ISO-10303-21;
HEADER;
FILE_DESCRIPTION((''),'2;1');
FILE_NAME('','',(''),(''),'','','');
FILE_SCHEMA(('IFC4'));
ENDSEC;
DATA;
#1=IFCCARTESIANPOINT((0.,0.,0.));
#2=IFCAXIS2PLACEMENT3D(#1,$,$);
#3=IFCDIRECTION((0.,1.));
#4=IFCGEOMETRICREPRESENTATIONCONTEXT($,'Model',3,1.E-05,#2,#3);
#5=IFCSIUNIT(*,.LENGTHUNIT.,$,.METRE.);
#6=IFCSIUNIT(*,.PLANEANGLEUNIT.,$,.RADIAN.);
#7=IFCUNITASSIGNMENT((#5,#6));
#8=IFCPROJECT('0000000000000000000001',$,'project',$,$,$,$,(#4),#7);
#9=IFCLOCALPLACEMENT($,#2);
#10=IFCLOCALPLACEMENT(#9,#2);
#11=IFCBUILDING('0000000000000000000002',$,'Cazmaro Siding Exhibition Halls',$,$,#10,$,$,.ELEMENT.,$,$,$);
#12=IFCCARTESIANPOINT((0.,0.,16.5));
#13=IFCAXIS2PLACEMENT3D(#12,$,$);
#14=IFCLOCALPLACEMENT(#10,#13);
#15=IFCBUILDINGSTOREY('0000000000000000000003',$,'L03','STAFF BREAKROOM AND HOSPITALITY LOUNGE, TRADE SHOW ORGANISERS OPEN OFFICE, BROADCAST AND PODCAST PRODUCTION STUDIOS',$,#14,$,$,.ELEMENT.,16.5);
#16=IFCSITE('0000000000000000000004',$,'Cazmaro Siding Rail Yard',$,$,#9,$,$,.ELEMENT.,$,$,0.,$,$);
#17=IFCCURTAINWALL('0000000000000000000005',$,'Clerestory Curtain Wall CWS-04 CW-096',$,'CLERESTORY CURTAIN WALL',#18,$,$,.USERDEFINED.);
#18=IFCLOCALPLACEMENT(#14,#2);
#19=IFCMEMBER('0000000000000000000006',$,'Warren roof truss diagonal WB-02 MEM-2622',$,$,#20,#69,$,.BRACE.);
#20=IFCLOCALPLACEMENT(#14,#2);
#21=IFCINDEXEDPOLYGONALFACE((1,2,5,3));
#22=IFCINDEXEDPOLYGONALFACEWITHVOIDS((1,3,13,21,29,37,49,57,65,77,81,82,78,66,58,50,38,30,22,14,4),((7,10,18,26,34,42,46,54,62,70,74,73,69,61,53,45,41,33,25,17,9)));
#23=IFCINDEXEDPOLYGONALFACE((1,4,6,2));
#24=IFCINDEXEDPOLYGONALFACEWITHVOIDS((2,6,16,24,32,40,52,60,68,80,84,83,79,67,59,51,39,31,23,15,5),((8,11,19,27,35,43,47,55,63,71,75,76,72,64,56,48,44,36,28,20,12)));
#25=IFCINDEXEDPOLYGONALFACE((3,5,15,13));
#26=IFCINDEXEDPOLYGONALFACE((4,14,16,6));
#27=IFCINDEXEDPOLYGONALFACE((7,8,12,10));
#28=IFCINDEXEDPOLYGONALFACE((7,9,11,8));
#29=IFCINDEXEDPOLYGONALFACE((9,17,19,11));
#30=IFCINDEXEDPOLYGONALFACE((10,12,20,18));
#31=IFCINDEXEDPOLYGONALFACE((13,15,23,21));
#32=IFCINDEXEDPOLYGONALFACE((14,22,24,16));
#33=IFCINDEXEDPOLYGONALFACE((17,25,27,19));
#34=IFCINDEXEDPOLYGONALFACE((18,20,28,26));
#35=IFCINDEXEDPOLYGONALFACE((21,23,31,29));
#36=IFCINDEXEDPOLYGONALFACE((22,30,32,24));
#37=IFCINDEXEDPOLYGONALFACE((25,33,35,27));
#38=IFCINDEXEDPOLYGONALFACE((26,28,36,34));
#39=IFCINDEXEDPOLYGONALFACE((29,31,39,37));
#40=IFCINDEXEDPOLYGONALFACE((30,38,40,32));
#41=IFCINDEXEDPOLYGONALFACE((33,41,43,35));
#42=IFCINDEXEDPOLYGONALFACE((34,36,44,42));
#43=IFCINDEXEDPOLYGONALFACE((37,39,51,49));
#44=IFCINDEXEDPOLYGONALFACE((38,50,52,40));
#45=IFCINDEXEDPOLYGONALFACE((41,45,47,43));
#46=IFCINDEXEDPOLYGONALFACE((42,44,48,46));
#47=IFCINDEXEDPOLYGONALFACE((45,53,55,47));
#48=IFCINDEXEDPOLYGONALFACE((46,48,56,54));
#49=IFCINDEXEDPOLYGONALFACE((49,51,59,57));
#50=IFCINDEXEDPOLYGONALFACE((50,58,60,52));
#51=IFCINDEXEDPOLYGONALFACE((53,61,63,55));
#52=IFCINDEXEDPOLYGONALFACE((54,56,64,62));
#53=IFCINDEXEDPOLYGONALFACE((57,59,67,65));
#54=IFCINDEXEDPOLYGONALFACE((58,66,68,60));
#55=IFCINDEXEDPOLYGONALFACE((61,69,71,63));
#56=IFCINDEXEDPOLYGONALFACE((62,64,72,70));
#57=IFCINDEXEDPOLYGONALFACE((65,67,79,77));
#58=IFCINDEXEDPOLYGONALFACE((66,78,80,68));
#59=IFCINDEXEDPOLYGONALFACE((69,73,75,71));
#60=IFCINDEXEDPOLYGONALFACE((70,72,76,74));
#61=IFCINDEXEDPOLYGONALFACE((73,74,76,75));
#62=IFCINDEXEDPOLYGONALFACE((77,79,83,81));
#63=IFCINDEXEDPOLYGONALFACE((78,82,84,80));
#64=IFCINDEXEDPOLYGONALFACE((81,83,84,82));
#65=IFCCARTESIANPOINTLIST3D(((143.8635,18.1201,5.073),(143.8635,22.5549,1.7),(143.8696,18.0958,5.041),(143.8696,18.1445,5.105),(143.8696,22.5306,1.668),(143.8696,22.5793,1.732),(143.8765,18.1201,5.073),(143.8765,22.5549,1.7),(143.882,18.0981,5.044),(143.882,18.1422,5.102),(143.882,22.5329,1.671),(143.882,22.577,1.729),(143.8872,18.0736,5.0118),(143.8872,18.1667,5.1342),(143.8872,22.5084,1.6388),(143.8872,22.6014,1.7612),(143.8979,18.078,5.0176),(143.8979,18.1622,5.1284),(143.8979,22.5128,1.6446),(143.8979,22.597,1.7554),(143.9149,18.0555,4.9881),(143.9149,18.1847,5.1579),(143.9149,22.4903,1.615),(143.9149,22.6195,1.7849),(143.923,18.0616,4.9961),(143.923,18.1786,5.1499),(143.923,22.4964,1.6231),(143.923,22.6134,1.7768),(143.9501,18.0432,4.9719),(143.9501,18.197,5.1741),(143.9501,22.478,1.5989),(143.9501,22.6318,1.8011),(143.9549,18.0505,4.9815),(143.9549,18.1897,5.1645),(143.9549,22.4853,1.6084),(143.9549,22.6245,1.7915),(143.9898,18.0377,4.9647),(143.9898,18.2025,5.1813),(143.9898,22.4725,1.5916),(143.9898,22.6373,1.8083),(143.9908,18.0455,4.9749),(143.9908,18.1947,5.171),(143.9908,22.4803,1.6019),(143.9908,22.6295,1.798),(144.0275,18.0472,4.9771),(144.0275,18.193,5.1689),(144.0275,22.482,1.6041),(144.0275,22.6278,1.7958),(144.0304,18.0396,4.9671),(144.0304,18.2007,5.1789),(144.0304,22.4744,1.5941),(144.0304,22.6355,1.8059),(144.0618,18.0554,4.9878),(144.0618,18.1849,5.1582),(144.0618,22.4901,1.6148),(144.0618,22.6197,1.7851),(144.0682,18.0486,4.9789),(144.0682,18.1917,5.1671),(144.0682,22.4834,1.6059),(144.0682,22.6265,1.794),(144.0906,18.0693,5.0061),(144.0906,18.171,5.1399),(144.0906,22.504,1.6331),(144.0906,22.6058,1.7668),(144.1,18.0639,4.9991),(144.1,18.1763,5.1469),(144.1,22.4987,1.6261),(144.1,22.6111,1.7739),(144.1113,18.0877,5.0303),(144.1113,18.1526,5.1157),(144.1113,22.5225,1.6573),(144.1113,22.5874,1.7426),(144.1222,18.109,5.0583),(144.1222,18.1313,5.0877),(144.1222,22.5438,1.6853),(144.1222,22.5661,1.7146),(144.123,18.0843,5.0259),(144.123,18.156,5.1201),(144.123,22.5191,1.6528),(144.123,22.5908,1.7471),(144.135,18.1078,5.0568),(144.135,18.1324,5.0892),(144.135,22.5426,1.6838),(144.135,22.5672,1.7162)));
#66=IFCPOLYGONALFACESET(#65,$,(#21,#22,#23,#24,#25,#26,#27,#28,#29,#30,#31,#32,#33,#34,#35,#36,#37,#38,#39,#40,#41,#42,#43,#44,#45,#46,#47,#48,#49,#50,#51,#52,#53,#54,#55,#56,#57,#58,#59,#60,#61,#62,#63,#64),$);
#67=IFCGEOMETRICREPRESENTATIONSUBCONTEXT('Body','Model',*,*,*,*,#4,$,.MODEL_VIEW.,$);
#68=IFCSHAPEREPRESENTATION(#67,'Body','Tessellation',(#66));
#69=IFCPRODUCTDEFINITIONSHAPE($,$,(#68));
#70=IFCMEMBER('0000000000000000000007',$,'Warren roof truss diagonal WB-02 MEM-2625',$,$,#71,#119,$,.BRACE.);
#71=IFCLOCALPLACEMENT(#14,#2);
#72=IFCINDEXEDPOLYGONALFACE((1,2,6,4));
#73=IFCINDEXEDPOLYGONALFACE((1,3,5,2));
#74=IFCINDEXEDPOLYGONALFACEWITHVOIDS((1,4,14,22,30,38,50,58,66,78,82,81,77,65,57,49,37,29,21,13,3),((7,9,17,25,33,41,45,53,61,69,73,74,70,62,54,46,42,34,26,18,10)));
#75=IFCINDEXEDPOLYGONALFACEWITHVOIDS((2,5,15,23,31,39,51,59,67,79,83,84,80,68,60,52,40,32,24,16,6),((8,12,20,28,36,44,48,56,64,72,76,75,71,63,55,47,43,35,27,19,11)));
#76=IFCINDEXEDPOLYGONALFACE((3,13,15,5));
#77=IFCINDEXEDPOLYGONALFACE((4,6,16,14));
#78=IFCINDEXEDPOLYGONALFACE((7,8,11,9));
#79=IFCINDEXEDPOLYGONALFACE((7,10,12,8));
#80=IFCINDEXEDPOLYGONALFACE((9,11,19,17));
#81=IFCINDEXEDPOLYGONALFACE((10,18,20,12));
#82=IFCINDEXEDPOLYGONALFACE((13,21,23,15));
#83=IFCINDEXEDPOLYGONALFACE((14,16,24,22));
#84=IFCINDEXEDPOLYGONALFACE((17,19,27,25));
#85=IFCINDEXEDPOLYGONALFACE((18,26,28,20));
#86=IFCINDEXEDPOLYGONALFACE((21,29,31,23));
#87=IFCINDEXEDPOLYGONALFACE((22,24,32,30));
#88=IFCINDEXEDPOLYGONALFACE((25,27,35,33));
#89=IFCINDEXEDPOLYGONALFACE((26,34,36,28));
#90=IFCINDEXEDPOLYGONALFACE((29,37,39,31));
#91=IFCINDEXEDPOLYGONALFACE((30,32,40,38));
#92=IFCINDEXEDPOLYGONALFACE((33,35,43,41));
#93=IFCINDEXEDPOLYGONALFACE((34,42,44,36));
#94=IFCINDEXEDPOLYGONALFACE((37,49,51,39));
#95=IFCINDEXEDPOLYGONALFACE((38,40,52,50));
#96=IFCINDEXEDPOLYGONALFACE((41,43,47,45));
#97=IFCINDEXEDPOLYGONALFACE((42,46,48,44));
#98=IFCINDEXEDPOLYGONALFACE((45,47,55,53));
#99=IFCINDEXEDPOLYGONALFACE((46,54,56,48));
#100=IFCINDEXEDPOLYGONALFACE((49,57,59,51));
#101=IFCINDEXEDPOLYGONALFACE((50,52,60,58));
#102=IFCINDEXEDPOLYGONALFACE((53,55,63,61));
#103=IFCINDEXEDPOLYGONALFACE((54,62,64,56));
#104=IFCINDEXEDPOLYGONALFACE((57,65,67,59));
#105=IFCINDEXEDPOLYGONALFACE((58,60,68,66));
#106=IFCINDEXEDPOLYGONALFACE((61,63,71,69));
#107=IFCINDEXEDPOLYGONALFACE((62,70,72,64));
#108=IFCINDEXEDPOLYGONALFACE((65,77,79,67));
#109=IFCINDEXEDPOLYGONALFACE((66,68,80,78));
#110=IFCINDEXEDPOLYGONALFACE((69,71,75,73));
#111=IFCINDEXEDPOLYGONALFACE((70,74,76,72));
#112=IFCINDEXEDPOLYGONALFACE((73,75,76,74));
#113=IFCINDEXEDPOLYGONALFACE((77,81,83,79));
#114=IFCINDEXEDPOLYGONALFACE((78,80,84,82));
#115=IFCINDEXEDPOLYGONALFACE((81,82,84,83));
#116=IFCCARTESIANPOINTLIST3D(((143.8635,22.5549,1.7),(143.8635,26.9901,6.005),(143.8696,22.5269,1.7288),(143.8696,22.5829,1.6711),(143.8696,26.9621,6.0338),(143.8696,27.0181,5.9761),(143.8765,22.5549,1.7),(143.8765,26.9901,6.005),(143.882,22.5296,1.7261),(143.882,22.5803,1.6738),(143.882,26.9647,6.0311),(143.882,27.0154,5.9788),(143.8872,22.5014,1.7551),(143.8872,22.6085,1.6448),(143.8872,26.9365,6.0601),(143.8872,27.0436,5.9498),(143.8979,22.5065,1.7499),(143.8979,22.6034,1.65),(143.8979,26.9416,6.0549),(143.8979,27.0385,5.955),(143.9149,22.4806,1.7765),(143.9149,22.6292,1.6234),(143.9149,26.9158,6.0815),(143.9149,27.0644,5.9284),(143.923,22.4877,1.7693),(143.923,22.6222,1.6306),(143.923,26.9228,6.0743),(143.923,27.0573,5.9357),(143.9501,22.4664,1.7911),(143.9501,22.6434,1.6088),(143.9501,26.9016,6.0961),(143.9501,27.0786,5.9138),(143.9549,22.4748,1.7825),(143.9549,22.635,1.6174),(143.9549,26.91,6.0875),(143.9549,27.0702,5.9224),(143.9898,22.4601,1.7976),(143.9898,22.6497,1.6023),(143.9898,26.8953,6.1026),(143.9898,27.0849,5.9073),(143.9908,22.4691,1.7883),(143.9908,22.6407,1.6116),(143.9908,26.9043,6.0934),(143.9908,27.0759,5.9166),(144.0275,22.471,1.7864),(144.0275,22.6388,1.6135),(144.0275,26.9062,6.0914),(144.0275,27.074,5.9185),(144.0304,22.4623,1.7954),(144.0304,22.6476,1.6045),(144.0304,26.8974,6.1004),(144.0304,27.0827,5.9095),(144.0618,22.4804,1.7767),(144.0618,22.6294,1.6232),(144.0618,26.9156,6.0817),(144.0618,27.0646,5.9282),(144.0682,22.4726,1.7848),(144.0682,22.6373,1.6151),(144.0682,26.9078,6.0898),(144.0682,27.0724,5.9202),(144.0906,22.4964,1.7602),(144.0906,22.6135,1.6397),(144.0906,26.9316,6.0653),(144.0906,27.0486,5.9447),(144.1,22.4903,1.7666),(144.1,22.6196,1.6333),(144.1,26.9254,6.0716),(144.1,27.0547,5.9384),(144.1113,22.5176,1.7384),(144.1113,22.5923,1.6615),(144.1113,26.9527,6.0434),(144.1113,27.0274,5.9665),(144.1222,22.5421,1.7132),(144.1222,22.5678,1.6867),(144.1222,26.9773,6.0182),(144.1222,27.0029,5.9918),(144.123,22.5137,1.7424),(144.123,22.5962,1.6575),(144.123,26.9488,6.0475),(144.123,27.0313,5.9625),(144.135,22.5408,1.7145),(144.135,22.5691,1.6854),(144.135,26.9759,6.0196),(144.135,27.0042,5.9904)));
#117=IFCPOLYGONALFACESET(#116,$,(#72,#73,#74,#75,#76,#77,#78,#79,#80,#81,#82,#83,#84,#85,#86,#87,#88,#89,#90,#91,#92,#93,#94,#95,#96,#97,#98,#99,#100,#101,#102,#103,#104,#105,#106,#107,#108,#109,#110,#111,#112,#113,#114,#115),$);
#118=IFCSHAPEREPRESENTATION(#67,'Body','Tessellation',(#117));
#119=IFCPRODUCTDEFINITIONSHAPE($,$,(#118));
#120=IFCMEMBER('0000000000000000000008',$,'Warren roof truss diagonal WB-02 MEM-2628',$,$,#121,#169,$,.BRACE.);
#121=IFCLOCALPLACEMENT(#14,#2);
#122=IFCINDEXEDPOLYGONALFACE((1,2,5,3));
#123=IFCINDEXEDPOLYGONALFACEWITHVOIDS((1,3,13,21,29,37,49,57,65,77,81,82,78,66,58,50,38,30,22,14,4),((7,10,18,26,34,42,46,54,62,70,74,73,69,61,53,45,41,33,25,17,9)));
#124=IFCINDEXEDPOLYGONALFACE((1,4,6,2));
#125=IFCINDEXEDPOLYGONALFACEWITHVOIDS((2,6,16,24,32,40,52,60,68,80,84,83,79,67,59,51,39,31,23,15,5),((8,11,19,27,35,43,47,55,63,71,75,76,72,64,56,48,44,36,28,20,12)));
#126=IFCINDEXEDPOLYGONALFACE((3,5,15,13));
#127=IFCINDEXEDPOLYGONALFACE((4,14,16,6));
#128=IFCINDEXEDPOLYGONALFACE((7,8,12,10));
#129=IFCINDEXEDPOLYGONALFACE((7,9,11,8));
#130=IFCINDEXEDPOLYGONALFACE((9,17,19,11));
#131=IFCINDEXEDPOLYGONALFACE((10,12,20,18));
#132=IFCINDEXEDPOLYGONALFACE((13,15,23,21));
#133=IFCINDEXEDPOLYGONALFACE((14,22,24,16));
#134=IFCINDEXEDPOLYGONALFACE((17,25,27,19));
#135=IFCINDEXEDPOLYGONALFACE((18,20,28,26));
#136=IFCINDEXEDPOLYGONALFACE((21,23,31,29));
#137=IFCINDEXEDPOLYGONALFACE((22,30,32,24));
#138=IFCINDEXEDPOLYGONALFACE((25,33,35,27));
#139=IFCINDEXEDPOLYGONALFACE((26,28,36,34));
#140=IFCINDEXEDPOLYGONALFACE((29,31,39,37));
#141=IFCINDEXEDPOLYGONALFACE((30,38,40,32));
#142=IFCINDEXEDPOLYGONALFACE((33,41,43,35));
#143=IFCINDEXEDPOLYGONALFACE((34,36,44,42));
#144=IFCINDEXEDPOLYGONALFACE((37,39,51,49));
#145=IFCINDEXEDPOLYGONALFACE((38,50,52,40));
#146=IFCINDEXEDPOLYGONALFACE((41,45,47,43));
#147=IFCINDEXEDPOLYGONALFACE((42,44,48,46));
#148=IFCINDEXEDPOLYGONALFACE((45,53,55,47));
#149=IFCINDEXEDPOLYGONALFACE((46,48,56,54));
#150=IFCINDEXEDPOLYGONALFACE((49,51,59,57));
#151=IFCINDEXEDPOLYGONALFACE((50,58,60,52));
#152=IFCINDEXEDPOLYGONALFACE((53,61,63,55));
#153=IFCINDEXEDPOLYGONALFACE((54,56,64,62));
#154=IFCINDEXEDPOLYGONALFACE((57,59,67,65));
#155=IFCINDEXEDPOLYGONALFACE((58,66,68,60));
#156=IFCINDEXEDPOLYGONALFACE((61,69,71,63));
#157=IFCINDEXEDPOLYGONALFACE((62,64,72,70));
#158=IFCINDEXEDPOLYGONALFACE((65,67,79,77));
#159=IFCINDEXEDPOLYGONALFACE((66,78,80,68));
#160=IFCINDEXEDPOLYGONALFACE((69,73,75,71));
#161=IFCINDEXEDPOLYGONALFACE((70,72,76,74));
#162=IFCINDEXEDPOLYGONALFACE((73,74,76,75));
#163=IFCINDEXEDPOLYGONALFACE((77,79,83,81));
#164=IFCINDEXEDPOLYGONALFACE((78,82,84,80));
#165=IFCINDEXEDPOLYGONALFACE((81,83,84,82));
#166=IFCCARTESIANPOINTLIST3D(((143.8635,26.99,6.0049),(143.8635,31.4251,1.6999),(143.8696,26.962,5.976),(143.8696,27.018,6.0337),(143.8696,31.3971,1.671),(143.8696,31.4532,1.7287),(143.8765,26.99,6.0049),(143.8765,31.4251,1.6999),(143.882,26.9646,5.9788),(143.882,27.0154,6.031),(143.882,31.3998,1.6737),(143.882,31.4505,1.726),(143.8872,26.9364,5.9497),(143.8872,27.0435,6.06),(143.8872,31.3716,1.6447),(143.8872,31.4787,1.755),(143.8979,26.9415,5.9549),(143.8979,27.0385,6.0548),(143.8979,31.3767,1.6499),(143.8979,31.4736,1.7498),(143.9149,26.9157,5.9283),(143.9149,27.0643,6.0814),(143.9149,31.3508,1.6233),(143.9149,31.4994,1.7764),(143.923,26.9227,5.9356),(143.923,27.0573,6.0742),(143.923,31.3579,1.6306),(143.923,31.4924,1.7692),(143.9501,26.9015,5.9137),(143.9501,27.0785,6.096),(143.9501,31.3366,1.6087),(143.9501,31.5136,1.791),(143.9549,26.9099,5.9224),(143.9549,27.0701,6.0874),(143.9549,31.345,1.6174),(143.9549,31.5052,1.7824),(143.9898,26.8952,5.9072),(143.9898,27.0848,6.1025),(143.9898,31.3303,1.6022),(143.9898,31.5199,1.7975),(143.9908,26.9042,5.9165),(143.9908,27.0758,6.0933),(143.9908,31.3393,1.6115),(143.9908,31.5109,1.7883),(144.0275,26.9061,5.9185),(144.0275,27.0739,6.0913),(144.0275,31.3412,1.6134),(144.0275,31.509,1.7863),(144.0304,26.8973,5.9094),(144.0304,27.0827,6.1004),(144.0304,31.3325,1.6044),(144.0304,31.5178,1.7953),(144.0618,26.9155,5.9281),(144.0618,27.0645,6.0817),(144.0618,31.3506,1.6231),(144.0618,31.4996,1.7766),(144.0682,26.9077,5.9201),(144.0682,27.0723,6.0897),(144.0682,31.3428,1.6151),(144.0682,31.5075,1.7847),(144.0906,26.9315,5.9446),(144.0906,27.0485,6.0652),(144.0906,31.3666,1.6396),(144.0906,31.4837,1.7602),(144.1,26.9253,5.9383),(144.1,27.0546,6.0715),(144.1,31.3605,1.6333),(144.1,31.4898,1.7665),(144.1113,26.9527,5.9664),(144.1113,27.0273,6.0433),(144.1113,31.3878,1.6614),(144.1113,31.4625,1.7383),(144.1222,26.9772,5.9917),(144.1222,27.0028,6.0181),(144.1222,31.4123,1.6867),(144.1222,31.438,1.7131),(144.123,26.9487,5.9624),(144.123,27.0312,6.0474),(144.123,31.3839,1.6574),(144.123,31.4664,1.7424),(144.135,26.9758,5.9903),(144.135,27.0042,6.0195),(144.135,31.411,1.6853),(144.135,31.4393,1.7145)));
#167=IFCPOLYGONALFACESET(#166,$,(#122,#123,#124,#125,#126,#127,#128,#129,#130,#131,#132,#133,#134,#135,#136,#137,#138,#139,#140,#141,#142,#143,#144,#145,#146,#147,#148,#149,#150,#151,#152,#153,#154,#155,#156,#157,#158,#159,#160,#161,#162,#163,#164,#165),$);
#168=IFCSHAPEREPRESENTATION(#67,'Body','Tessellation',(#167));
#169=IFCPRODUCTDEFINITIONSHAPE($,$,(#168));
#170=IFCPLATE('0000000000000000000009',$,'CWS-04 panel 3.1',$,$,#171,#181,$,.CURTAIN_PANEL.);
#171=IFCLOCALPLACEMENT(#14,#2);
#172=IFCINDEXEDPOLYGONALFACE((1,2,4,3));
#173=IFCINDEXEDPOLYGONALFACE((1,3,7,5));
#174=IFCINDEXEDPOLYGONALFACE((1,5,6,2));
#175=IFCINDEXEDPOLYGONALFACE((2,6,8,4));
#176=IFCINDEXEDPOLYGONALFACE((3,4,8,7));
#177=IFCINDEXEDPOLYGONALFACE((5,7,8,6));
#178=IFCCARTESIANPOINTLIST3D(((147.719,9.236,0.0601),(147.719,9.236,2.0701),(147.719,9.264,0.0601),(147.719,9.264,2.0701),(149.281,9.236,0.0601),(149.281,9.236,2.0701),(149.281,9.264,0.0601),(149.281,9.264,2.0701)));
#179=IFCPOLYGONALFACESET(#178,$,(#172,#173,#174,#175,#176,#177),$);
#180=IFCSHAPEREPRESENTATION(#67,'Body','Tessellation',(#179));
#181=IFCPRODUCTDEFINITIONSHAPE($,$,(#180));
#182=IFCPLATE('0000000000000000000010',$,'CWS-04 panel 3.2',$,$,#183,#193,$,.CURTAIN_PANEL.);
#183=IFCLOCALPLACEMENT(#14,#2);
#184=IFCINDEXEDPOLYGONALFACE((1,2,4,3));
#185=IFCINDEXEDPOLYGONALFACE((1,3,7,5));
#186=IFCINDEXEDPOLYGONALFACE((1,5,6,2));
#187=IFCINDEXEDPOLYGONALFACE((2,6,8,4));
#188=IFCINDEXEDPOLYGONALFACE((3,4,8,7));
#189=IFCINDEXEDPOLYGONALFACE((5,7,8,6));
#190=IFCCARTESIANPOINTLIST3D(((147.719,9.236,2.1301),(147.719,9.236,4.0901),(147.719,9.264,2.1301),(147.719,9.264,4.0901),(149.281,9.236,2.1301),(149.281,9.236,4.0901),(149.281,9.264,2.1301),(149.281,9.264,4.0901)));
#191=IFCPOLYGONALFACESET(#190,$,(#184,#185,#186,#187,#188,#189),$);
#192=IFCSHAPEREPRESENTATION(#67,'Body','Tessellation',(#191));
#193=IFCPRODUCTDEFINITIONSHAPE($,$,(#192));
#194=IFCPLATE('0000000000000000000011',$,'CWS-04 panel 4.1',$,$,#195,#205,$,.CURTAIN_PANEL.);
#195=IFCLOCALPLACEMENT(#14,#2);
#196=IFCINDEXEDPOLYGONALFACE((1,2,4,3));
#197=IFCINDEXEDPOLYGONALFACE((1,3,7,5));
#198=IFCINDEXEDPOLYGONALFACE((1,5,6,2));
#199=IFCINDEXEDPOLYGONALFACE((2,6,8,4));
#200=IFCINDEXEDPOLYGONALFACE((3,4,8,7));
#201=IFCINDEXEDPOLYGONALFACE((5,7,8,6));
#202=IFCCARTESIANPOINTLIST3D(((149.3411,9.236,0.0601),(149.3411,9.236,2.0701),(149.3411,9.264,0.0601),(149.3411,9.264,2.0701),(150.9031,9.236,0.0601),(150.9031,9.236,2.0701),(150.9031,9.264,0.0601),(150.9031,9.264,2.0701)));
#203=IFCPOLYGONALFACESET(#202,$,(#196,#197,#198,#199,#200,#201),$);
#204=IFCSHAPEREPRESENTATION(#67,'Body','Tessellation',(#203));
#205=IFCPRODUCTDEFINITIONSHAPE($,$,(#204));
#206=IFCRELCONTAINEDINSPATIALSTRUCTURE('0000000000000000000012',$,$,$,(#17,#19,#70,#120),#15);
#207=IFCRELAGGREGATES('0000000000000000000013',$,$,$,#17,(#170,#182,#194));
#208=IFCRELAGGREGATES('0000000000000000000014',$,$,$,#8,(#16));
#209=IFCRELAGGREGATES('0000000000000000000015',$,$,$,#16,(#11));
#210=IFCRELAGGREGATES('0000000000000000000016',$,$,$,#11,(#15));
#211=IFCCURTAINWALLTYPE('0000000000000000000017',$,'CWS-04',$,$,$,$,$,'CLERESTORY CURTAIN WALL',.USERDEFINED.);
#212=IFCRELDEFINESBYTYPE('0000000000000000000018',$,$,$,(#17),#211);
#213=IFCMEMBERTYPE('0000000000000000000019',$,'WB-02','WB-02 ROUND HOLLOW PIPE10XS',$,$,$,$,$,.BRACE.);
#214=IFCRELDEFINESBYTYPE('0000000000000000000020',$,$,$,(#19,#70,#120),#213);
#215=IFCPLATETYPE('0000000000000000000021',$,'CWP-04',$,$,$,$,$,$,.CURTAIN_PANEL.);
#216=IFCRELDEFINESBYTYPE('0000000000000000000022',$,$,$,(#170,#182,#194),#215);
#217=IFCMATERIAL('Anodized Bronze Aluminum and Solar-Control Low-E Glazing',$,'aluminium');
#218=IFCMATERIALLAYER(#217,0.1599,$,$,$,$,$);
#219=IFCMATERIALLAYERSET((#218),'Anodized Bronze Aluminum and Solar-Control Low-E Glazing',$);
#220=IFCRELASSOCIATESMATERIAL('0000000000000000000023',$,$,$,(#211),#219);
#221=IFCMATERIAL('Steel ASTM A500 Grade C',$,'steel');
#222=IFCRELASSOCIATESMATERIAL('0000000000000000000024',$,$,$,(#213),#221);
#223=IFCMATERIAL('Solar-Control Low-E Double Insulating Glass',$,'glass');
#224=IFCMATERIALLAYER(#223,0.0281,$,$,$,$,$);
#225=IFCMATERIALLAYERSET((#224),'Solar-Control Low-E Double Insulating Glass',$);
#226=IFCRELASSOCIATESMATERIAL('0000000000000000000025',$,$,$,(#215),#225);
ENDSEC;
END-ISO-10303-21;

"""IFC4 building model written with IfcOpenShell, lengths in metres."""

from ifc_helpers import new_model, si_unit, direction, frame, origin, origin_2d, place, context, subcontext, project, spatial, rectangle, hollow_circle, extrude, material, layer, layer_set, material_profile, profile_set, type_object, element, aggregate, save


model = new_model("IFC4")

# Units and contexts
model_context = context("Model", 3, precision=1e-05, world=origin(), true_north=direction((0.0, 1.0)))
body_context = subcontext(model_context, "Body", "Model", "MODEL_VIEW")
ifc_project = project(units=[si_unit("LENGTHUNIT", "METRE"), si_unit("PLANEANGLEUNIT", "RADIAN")], contexts=[model_context])

# Site, building, storey
site_placement = place(None, origin())
site = spatial("IfcSite", under=ifc_project, at=site_placement, Name="Cazmaro Siding Rail Yard", CompositionType="ELEMENT", RefElevation=0.0)
building_placement = place(site_placement, origin())
building = spatial("IfcBuilding", under=site, at=building_placement, Name="Cazmaro Siding Exhibition Halls", CompositionType="ELEMENT")
storey_placement = place(building_placement, frame((0.0, 0.0, 16.5)))
storey = spatial("IfcBuildingStorey", under=building, at=storey_placement, Name="L03", Description="STAFF BREAKROOM AND HOSPITALITY LOUNGE, TRADE SHOW ORGANISERS OPEN OFFICE, BROADCAST AND PODCAST PRODUCTION STUDIOS", CompositionType="ELEMENT", Elevation=16.5)

# Curtain wall
ifc_material_1 = material(Name="Anodized Bronze Aluminum and Solar-Control Low-E Glazing", Category="aluminium")
ifc_layer_1 = layer(ifc_material_1, 0.1599)
ifc_layer_set_1 = layer_set([ifc_layer_1], Name="Anodized Bronze Aluminum and Solar-Control Low-E Glazing")
curtain_wall_type = type_object("IfcCurtainWallType", Name="CWS-04", ElementType="CLERESTORY CURTAIN WALL", PredefinedType="USERDEFINED", material=ifc_layer_set_1)
curtain_wall_placement = place(storey_placement, origin())
curtain_wall = element("IfcCurtainWall", 1, at=curtain_wall_placement, inside=storey, type_object=curtain_wall_type, Name="Clerestory Curtain Wall CWS-04 CW-096", ObjectType="CLERESTORY CURTAIN WALL", PredefinedType="USERDEFINED")

# Members
ifc_material_2 = material(Name="Steel ASTM A500 Grade C", Category="steel")
ifc_material_profile_1 = material_profile(ifc_material_2, hollow_circle(Radius=0.1365, WallThickness=0.0129, at=origin_2d()), Name="PIPE10XS")
ifc_profile_set_1 = profile_set([ifc_material_profile_1], Name="Steel ASTM A500 Grade C")
member_type_1 = type_object("IfcMemberType", Name="WB-02", Description="WB-02 ROUND HOLLOW PIPE10XS", PredefinedType="BRACE", material=ifc_profile_set_1)
member_1_placement = place(storey_placement, frame((144.0, 18.1201, 5.073), z_axis=(0.0, 0.795938, -0.605378), x_axis=(-1.0, 0.0, 0.0)))
element("IfcMember", 2, at=member_1_placement, inside=storey, type_object=member_type_1, Name="Warren roof truss diagonal WB-02 MEM-2622", PredefinedType="BRACE", context=body_context, shape_type="SweptSolid", body=[
    extrude(hollow_circle(Radius=0.1365, WallThickness=0.0129, at=origin_2d()), origin(), (0.0, 0.0, 1.0), 5.5718),
])
for number, where, z_axis, x_axis, name in (
    (3, (144.0, 22.5549, 1.7), (0.0, 0.717555, 0.696502), (-1.0, 0.0, 0.0), "Warren roof truss diagonal WB-02 MEM-2625"),
    (4, (144.0, 26.99, 6.0049), (0.0, 0.717555, -0.696502), (-1.0, 0.0, 0.0), "Warren roof truss diagonal WB-02 MEM-2628"),
):
    element("IfcMember", number, at=place(storey_placement, frame(where, z_axis=z_axis, x_axis=x_axis)), inside=storey, type_object=member_type_1, Name=name, PredefinedType="BRACE", context=body_context, shape_type="SweptSolid", body=[
        extrude(hollow_circle(Radius=0.1365, WallThickness=0.0129, at=origin_2d()), origin(), (0.0, 0.0, 1.0), 6.1809),
    ])

# Plates
ifc_material_3 = material(Name="Solar-Control Low-E Double Insulating Glass", Category="glass")
ifc_layer_2 = layer(ifc_material_3, 0.0281)
ifc_layer_set_2 = layer_set([ifc_layer_2], Name="Solar-Control Low-E Double Insulating Glass")
plate_type = type_object("IfcPlateType", Name="CWP-04", PredefinedType="CURTAIN_PANEL", material=ifc_layer_set_2)
plate_1_placement = place(storey_placement, frame((148.5, 9.25, 0.0601), z_axis=(0.0, 0.0, 1.0), x_axis=(1.0, 0.0, 0.0)))
plate_1 = element("IfcPlate", 5, at=plate_1_placement, type_object=plate_type, Name="CWS-04 panel 3.1", PredefinedType="CURTAIN_PANEL", context=body_context, shape_type="SweptSolid", body=[
    extrude(rectangle(XDim=1.562, YDim=0.0281, at=origin_2d()), origin(), (0.0, 0.0, 1.0), 2.01),
])
plate_2_placement = place(storey_placement, frame((148.5, 9.25, 2.1301), z_axis=(0.0, 0.0, 1.0), x_axis=(1.0, 0.0, 0.0)))
plate_2 = element("IfcPlate", 6, at=plate_2_placement, type_object=plate_type, Name="CWS-04 panel 3.2", PredefinedType="CURTAIN_PANEL", context=body_context, shape_type="SweptSolid", body=[
    extrude(rectangle(XDim=1.562, YDim=0.0281, at=origin_2d()), origin(), (0.0, 0.0, 1.0), 1.96),
])
plate_3_placement = place(storey_placement, frame((150.1221, 9.25, 0.0601), z_axis=(0.0, 0.0, 1.0), x_axis=(1.0, 0.0, 0.0)))
plate_3 = element("IfcPlate", 7, at=plate_3_placement, type_object=plate_type, Name="CWS-04 panel 4.1", PredefinedType="CURTAIN_PANEL", context=body_context, shape_type="SweptSolid", body=[
    extrude(rectangle(XDim=1.562, YDim=0.0281, at=origin_2d()), origin(), (0.0, 0.0, 1.0), 2.01),
])
aggregate(curtain_wall, [plate_1, plate_2, plate_3])

save(model, "model.ifc")
